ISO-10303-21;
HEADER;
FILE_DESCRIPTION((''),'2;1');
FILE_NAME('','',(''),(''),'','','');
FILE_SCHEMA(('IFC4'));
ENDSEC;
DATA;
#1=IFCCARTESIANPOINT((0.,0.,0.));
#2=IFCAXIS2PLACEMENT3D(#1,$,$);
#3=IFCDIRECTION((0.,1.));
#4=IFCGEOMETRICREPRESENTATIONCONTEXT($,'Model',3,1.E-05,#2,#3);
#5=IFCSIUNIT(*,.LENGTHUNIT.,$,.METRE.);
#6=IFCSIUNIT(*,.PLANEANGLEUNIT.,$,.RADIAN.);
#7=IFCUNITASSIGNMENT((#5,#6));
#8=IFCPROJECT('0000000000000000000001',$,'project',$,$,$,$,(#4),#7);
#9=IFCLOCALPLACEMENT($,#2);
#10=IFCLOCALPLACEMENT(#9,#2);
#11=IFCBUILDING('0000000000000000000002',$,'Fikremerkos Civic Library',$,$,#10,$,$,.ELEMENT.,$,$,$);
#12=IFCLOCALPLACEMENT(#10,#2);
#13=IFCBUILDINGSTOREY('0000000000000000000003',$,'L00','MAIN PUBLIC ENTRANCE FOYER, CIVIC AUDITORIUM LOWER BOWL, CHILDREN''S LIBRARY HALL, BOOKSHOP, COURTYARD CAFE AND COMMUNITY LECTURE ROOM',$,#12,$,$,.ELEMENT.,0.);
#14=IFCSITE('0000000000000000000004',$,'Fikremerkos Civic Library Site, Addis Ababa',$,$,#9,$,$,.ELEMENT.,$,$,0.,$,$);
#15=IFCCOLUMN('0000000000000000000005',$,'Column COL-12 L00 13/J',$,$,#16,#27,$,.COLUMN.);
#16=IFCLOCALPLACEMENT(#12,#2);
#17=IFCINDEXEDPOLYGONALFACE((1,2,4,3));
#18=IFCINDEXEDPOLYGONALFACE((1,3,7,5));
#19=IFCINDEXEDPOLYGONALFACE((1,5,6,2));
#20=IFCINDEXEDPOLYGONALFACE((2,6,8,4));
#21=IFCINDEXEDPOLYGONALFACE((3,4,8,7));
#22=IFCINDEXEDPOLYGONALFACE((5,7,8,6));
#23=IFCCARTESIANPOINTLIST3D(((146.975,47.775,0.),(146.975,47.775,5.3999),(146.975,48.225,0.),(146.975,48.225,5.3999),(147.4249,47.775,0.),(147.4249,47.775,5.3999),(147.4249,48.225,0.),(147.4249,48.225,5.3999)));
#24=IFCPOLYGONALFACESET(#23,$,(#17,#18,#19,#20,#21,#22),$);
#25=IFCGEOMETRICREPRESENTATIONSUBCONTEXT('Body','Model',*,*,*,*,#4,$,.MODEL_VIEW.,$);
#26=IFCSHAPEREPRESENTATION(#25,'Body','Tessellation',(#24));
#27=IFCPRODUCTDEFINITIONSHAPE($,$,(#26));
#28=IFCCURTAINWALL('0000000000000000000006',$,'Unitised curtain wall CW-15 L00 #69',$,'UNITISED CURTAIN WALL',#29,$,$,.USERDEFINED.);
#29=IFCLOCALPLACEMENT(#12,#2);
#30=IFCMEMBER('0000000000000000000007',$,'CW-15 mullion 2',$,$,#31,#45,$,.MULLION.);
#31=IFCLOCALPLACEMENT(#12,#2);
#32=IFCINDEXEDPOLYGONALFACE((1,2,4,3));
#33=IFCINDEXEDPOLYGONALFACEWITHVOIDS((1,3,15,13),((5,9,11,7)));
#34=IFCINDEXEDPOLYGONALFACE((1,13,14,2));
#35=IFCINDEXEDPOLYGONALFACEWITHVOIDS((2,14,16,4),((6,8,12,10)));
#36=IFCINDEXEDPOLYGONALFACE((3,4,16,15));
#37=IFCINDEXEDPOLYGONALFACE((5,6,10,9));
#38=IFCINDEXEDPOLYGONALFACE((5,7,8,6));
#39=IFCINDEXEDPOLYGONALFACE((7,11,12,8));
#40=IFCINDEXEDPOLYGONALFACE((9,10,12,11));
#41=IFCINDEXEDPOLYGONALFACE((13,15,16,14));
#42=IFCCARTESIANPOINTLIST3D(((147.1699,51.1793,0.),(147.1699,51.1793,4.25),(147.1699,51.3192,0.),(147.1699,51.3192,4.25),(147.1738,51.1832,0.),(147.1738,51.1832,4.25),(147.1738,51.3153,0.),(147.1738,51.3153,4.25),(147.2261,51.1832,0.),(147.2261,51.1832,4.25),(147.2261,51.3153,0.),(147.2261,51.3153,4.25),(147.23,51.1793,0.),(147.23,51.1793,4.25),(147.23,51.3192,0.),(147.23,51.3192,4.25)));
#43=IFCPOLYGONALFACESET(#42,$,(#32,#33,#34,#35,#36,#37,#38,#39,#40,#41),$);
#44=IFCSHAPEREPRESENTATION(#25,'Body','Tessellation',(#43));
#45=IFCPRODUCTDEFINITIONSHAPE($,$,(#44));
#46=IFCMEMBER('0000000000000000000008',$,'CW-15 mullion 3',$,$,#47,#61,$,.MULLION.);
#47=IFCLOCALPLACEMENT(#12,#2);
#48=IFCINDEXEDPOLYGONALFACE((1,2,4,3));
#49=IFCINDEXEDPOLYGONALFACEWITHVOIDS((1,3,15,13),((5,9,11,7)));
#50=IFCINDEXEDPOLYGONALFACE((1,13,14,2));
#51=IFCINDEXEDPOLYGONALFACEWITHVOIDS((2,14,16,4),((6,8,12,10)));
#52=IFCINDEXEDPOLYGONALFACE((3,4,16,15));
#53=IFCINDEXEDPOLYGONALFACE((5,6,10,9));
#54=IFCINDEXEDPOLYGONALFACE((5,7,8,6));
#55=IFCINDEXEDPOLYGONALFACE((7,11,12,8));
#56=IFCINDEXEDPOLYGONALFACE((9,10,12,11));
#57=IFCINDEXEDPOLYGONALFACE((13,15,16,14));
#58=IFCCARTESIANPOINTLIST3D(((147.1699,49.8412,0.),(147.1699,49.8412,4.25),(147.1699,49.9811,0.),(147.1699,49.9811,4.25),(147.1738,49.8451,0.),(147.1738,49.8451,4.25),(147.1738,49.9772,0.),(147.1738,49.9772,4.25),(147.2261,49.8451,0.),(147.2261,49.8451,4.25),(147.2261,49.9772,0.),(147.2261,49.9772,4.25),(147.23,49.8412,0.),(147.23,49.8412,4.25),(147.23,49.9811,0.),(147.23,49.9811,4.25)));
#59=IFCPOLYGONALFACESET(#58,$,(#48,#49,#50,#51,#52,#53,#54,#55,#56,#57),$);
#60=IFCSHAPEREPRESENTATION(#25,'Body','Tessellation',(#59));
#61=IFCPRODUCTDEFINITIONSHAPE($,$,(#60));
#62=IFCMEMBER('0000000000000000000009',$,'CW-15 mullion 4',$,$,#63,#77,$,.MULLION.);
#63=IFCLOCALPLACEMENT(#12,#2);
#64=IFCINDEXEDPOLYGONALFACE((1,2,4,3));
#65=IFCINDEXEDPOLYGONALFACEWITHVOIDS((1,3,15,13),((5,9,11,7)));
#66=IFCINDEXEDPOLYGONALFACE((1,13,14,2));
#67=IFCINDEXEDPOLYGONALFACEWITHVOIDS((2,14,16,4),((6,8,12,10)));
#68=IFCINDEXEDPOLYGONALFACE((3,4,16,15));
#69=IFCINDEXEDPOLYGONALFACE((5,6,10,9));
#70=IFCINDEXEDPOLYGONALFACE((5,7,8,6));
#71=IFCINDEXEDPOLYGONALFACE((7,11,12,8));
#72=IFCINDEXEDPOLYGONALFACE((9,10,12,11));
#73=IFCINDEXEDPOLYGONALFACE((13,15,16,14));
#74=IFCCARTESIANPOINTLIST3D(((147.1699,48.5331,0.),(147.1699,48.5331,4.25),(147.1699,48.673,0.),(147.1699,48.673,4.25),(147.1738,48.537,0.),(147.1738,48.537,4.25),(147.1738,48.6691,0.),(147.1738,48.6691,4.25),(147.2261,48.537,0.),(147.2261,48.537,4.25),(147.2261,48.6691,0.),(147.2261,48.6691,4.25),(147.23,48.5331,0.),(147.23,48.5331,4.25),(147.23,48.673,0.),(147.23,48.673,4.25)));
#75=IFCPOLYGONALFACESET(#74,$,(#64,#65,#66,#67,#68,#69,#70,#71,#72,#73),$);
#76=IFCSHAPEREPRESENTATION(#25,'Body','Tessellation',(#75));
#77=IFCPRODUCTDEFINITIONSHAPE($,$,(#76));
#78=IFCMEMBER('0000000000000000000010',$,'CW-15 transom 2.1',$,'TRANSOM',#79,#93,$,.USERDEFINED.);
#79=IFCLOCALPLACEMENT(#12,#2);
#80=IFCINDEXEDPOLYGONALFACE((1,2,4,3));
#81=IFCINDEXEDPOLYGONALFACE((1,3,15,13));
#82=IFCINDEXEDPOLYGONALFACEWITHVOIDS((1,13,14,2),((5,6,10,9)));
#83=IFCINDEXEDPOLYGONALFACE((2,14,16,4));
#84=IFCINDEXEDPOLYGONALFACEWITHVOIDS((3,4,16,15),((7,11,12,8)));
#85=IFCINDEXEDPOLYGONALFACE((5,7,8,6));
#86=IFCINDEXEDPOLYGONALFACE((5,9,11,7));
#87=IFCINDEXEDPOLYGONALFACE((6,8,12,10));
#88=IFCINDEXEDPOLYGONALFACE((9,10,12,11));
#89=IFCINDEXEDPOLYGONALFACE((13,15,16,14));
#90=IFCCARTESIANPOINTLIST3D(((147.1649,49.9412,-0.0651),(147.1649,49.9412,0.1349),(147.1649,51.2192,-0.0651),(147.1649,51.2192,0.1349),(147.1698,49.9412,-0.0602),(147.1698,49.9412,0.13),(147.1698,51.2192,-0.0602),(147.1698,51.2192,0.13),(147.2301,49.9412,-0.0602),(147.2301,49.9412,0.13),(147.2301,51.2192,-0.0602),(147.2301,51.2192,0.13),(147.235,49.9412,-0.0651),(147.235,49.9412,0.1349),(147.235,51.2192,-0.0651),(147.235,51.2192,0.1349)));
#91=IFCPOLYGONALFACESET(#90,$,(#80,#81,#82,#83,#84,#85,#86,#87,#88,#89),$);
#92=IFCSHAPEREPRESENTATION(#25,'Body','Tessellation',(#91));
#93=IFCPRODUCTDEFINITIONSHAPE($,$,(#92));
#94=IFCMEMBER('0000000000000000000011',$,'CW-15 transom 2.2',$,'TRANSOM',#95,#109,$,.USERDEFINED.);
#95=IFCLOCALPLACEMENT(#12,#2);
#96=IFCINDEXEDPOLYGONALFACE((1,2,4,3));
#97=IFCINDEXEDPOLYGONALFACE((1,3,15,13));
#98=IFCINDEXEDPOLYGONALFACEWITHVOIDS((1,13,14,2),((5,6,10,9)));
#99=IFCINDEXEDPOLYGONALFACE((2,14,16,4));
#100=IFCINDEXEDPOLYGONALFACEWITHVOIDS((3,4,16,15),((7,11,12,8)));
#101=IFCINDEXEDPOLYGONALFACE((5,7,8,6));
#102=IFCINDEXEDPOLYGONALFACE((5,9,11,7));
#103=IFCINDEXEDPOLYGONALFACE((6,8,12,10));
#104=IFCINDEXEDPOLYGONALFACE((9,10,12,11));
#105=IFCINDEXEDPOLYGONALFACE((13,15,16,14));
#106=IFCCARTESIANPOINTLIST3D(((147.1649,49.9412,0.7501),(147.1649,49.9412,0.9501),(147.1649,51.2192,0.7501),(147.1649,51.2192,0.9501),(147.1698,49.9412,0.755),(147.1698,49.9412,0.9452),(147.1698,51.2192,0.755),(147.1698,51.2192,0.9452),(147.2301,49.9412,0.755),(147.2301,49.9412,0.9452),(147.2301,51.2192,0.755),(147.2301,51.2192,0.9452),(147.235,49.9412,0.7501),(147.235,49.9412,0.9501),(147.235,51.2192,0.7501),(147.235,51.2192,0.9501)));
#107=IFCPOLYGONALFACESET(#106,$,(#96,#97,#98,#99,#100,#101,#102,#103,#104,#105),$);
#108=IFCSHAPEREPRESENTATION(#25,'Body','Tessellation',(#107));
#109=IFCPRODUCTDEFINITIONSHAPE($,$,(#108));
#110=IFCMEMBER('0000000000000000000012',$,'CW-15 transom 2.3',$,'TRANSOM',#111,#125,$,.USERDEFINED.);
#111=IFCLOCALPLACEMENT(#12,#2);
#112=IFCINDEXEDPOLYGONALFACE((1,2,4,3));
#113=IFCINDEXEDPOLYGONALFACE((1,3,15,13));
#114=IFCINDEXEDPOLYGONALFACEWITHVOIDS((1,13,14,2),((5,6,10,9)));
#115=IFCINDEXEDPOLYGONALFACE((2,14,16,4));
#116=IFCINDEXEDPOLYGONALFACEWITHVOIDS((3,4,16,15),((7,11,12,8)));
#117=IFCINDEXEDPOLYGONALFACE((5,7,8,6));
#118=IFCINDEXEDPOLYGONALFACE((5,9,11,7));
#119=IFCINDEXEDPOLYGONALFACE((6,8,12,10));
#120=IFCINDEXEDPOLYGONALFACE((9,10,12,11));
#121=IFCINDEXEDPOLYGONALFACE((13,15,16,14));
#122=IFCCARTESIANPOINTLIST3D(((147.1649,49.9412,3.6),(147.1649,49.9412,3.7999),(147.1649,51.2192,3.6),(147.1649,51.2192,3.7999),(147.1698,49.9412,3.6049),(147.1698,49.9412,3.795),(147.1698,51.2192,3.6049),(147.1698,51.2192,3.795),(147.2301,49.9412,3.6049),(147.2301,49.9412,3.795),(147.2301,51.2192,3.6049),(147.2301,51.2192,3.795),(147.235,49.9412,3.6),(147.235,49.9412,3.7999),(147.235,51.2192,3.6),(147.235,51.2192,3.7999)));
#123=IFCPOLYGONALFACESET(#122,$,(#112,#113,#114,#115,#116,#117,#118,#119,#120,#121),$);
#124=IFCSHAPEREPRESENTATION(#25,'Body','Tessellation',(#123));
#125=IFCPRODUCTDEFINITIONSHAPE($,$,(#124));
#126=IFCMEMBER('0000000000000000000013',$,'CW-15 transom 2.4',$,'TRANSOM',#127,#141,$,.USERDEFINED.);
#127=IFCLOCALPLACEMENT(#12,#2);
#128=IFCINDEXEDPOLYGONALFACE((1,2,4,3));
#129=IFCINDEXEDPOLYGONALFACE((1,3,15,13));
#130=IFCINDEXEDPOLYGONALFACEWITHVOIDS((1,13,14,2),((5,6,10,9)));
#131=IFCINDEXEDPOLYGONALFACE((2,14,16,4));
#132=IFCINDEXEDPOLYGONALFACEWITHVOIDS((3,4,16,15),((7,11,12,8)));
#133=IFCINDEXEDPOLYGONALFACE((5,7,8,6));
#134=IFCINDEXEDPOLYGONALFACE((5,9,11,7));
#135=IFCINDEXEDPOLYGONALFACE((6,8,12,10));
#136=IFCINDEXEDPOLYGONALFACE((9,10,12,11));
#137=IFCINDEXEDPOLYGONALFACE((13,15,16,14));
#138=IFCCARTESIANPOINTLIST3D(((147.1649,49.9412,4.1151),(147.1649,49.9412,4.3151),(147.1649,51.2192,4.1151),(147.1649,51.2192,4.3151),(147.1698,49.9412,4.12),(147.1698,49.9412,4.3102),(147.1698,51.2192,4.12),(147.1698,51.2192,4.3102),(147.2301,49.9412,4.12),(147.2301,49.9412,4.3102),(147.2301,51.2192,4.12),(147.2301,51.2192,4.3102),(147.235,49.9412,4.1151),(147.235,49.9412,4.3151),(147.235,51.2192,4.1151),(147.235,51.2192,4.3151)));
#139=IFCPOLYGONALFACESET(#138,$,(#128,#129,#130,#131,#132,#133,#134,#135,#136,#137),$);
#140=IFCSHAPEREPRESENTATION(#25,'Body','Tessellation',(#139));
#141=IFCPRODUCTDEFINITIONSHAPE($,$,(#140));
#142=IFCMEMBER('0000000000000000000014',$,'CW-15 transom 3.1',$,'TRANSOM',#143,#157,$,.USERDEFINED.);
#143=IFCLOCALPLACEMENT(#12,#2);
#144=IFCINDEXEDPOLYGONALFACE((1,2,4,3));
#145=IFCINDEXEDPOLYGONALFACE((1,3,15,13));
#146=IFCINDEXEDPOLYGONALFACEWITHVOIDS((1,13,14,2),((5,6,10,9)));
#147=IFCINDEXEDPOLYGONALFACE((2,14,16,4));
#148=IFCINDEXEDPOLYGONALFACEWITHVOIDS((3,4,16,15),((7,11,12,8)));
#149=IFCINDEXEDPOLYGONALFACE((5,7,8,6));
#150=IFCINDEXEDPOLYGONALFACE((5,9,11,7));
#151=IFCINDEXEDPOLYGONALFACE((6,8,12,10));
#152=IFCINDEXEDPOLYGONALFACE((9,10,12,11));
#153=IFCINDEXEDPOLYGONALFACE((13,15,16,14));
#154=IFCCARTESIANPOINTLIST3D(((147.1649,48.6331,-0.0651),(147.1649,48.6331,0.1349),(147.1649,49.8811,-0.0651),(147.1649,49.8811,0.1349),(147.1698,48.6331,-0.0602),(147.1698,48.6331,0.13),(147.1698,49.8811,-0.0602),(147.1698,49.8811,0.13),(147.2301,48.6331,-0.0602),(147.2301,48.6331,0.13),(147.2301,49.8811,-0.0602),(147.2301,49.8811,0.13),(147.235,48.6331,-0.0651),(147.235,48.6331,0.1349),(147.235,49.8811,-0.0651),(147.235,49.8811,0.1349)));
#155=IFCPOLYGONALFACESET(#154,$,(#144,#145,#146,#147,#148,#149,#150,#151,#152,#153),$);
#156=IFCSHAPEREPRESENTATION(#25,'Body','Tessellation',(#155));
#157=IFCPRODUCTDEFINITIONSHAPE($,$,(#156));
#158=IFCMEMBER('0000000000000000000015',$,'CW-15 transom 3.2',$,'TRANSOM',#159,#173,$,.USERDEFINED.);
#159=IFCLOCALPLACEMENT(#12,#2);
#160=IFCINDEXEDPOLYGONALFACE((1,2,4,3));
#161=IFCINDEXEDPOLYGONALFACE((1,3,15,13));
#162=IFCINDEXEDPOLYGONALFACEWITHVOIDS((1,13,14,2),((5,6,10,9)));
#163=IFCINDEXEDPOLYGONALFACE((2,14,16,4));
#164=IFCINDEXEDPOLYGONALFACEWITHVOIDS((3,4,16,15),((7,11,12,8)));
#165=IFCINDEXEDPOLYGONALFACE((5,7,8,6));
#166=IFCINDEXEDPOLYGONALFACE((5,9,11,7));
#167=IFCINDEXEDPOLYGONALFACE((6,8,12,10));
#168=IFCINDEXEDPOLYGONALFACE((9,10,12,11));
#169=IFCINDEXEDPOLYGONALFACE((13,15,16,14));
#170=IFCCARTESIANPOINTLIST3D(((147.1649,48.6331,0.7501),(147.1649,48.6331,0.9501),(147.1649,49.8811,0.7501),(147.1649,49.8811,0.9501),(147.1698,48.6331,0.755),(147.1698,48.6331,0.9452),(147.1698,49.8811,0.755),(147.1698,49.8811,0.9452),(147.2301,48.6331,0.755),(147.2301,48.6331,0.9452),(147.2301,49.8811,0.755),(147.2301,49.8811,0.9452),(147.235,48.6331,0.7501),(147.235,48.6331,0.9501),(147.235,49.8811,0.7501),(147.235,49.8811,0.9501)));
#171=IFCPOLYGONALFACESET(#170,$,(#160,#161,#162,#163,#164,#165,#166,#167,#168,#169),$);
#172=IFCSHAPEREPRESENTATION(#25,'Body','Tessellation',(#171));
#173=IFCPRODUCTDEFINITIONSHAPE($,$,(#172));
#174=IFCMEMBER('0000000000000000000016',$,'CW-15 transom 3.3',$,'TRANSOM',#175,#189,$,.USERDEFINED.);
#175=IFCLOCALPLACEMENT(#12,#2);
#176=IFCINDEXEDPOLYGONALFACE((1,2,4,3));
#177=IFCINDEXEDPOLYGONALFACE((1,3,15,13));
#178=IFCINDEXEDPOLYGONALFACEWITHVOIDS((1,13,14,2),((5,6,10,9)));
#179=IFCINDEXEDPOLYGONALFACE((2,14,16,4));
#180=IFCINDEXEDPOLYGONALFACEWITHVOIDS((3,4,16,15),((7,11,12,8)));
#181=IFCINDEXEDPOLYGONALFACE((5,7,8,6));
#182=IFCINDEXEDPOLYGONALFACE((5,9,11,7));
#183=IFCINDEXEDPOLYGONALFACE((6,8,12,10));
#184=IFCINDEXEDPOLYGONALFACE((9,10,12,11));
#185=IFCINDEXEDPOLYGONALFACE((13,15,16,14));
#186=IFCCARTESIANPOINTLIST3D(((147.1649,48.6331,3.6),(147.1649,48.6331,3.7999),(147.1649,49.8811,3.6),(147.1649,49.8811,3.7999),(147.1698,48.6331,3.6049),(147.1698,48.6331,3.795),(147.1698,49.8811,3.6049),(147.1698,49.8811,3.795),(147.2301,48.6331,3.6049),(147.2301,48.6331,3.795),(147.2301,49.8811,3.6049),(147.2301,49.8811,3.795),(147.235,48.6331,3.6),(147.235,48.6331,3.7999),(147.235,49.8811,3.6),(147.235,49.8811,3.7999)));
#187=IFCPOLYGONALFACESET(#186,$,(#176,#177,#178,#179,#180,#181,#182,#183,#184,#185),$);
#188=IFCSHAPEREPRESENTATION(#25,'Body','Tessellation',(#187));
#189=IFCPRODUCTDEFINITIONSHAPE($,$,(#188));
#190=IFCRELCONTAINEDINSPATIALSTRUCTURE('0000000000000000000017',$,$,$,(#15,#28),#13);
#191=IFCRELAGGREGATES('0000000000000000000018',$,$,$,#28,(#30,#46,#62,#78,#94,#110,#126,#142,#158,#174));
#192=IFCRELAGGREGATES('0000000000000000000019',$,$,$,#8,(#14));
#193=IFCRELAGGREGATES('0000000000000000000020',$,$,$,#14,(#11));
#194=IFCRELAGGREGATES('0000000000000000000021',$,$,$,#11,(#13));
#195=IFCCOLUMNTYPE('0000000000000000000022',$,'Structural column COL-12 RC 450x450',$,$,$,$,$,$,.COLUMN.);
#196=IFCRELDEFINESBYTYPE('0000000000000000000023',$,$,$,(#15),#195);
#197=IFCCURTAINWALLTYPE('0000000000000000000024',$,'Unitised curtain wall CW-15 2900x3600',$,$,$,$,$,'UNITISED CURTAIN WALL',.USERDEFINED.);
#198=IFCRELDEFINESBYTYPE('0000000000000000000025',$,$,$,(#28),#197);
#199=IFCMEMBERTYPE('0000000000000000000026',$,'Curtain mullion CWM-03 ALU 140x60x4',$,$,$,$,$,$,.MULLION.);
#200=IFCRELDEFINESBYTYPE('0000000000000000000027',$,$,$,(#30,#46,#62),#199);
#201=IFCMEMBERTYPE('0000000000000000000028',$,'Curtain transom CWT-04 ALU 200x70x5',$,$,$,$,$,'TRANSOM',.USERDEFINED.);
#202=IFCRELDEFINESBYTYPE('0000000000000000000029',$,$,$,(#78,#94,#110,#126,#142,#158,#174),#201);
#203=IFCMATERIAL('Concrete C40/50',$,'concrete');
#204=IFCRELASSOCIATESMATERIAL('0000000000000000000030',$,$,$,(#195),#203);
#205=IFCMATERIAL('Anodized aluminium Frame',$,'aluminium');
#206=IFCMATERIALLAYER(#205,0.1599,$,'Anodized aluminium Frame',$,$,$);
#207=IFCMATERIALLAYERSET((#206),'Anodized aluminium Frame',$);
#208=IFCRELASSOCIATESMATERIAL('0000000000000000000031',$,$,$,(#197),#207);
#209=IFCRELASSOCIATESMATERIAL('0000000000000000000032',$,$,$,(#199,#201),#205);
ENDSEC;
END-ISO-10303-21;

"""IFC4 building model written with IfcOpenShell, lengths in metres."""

from ifc_helpers import new_model, si_unit, direction, frame, origin, origin_2d, place, context, subcontext, project, spatial, rectangle, hollow_rectangle, extrude, material, layer, layer_set, material_profile, profile_set, type_object, element, aggregate, save


model = new_model("IFC4")

# Units and contexts
model_context = context("Model", 3, precision=1e-05, world=origin(), true_north=direction((0.0, 1.0)))
body_context = subcontext(model_context, "Body", "Model", "MODEL_VIEW")
ifc_project = project(units=[si_unit("LENGTHUNIT", "METRE"), si_unit("PLANEANGLEUNIT", "RADIAN")], contexts=[model_context])

# Site, building, storey
site_placement = place(None, origin())
site = spatial("IfcSite", under=ifc_project, at=site_placement, Name="Fikremerkos Civic Library Site, Addis Ababa", CompositionType="ELEMENT", RefElevation=0.0)
building_placement = place(site_placement, origin())
building = spatial("IfcBuilding", under=site, at=building_placement, Name="Fikremerkos Civic Library", CompositionType="ELEMENT")
storey_placement = place(building_placement, origin())
storey = spatial("IfcBuildingStorey", under=building, at=storey_placement, Name="L00", Description="MAIN PUBLIC ENTRANCE FOYER, CIVIC AUDITORIUM LOWER BOWL, CHILDREN'S LIBRARY HALL, BOOKSHOP, COURTYARD CAFE AND COMMUNITY LECTURE ROOM", CompositionType="ELEMENT", Elevation=0.0)

# Column
ifc_material_1 = material(Name="Concrete C40/50", Category="concrete")
ifc_material_profile_1 = material_profile(ifc_material_1, rectangle(XDim=0.45, YDim=0.45, at=origin_2d()), Name="RC 450x450")
ifc_profile_set_1 = profile_set([ifc_material_profile_1], Name="Concrete C40/50")
column_type = type_object("IfcColumnType", Name="Structural column COL-12 RC 450x450", PredefinedType="COLUMN", material=ifc_profile_set_1)
column_placement = place(storey_placement, frame((147.2, 48.0, 0.0), z_axis=(0.0, 0.0, 1.0), x_axis=(1.0, 0.0, 0.0)))
element("IfcColumn", 1, at=column_placement, inside=storey, type_object=column_type, Name="Column COL-12 L00 13/J", PredefinedType="COLUMN", context=body_context, shape_type="SweptSolid", body=[
    extrude(rectangle(XDim=0.45, YDim=0.45, at=origin_2d()), origin(), (0.0, 0.0, 1.0), 5.3999),
])

# Curtain wall, members
ifc_material_2 = material(Name="Anodized aluminium Frame", Category="aluminium")
ifc_layer_1 = layer(ifc_material_2, 0.1599, Name="Anodized aluminium Frame")
ifc_layer_set_1 = layer_set([ifc_layer_1], Name="Anodized aluminium Frame")
curtain_wall_type = type_object("IfcCurtainWallType", Name="Unitised curtain wall CW-15 2900x3600", ElementType="UNITISED CURTAIN WALL", PredefinedType="USERDEFINED", material=ifc_layer_set_1)
curtain_wall_placement = place(storey_placement, origin())
curtain_wall = element("IfcCurtainWall", 2, at=curtain_wall_placement, inside=storey, type_object=curtain_wall_type, Name="Unitised curtain wall CW-15 L00 #69", ObjectType="UNITISED CURTAIN WALL", PredefinedType="USERDEFINED")
ifc_material_profile_2 = material_profile(ifc_material_2, hollow_rectangle(XDim=0.0601, YDim=0.1399, WallThickness=0.0039, at=origin_2d()), Name="ALU 140x60x4")
ifc_profile_set_2 = profile_set([ifc_material_profile_2], Name="Anodized aluminium Frame")
member_type_1 = type_object("IfcMemberType", Name="Curtain mullion CWM-03 ALU 140x60x4", PredefinedType="MULLION", material=ifc_profile_set_2)
member_1_placement = place(storey_placement, frame((147.2, 51.2493, 0.0), z_axis=(0.0, 0.0, 1.0), x_axis=(1.0, 0.0, 0.0)))
member_1 = element("IfcMember", 3, at=member_1_placement, type_object=member_type_1, Name="CW-15 mullion 2", PredefinedType="MULLION", context=body_context, shape_type="SweptSolid", body=[
    extrude(hollow_rectangle(XDim=0.0601, YDim=0.1399, WallThickness=0.0039, at=origin_2d()), origin(), (0.0, 0.0, 1.0), 4.25),
])
member_2_placement = place(storey_placement, frame((147.2, 49.9111, 0.0), z_axis=(0.0, 0.0, 1.0), x_axis=(1.0, 0.0, 0.0)))
member_2 = element("IfcMember", 4, at=member_2_placement, type_object=member_type_1, Name="CW-15 mullion 3", PredefinedType="MULLION", context=body_context, shape_type="SweptSolid", body=[
    extrude(hollow_rectangle(XDim=0.0601, YDim=0.1399, WallThickness=0.0039, at=origin_2d()), origin(), (0.0, 0.0, 1.0), 4.25),
])
member_3_placement = place(storey_placement, frame((147.2, 48.603, 0.0), z_axis=(0.0, 0.0, 1.0), x_axis=(1.0, 0.0, 0.0)))
member_3 = element("IfcMember", 5, at=member_3_placement, type_object=member_type_1, Name="CW-15 mullion 4", PredefinedType="MULLION", context=body_context, shape_type="SweptSolid", body=[
    extrude(hollow_rectangle(XDim=0.0601, YDim=0.1399, WallThickness=0.0039, at=origin_2d()), origin(), (0.0, 0.0, 1.0), 4.25),
])
ifc_material_profile_3 = material_profile(ifc_material_2, hollow_rectangle(XDim=0.0701, YDim=0.2, WallThickness=0.0049, at=origin_2d()), Name="ALU 200x70x5")
ifc_profile_set_3 = profile_set([ifc_material_profile_3], Name="Anodized aluminium Frame")
member_type_2 = type_object("IfcMemberType", Name="Curtain transom CWT-04 ALU 200x70x5", ElementType="TRANSOM", PredefinedType="USERDEFINED", material=ifc_profile_set_3)
member_4_placement = place(storey_placement, frame((147.2, 51.2192, 0.0349), z_axis=(0.0, -1.0, 0.0), x_axis=(1.0, 0.0, 0.0)))
member_4 = element("IfcMember", 6, at=member_4_placement, type_object=member_type_2, Name="CW-15 transom 2.1", ObjectType="TRANSOM", PredefinedType="USERDEFINED", context=body_context, shape_type="SweptSolid", body=[
    extrude(hollow_rectangle(XDim=0.0701, YDim=0.2, WallThickness=0.0049, at=origin_2d()), origin(), (0.0, 0.0, 1.0), 1.2781),
])
member_5_placement = place(storey_placement, frame((147.2, 51.2192, 0.8501), z_axis=(0.0, -1.0, 0.0), x_axis=(1.0, 0.0, 0.0)))
member_5 = element("IfcMember", 7, at=member_5_placement, type_object=member_type_2, Name="CW-15 transom 2.2", ObjectType="TRANSOM", PredefinedType="USERDEFINED", context=body_context, shape_type="SweptSolid", body=[
    extrude(hollow_rectangle(XDim=0.0701, YDim=0.2, WallThickness=0.0049, at=origin_2d()), origin(), (0.0, 0.0, 1.0), 1.2781),
])
member_6_placement = place(storey_placement, frame((147.2, 51.2192, 3.7), z_axis=(0.0, -1.0, 0.0), x_axis=(1.0, 0.0, 0.0)))
member_6 = element("IfcMember", 8, at=member_6_placement, type_object=member_type_2, Name="CW-15 transom 2.3", ObjectType="TRANSOM", PredefinedType="USERDEFINED", context=body_context, shape_type="SweptSolid", body=[
    extrude(hollow_rectangle(XDim=0.0701, YDim=0.2, WallThickness=0.0049, at=origin_2d()), origin(), (0.0, 0.0, 1.0), 1.2781),
])
member_7_placement = place(storey_placement, frame((147.2, 51.2192, 4.2151), z_axis=(0.0, -1.0, 0.0), x_axis=(1.0, 0.0, 0.0)))
member_7 = element("IfcMember", 9, at=member_7_placement, type_object=member_type_2, Name="CW-15 transom 2.4", ObjectType="TRANSOM", PredefinedType="USERDEFINED", context=body_context, shape_type="SweptSolid", body=[
    extrude(hollow_rectangle(XDim=0.0701, YDim=0.2, WallThickness=0.0049, at=origin_2d()), origin(), (0.0, 0.0, 1.0), 1.2781),
])
member_8_placement = place(storey_placement, frame((147.2, 49.8811, 0.0349), z_axis=(0.0, -1.0, 0.0), x_axis=(1.0, 0.0, 0.0)))
member_8 = element("IfcMember", 10, at=member_8_placement, type_object=member_type_2, Name="CW-15 transom 3.1", ObjectType="TRANSOM", PredefinedType="USERDEFINED", context=body_context, shape_type="SweptSolid", body=[
    extrude(hollow_rectangle(XDim=0.0701, YDim=0.2, WallThickness=0.0049, at=origin_2d()), origin(), (0.0, 0.0, 1.0), 1.248),
])
member_9_placement = place(storey_placement, frame((147.2, 49.8811, 0.8501), z_axis=(0.0, -1.0, 0.0), x_axis=(1.0, 0.0, 0.0)))
member_9 = element("IfcMember", 11, at=member_9_placement, type_object=member_type_2, Name="CW-15 transom 3.2", ObjectType="TRANSOM", PredefinedType="USERDEFINED", context=body_context, shape_type="SweptSolid", body=[
    extrude(hollow_rectangle(XDim=0.0701, YDim=0.2, WallThickness=0.0049, at=origin_2d()), origin(), (0.0, 0.0, 1.0), 1.248),
])
member_10_placement = place(storey_placement, frame((147.2, 49.8811, 3.7), z_axis=(0.0, -1.0, 0.0), x_axis=(1.0, 0.0, 0.0)))
member_10 = element("IfcMember", 12, at=member_10_placement, type_object=member_type_2, Name="CW-15 transom 3.3", ObjectType="TRANSOM", PredefinedType="USERDEFINED", context=body_context, shape_type="SweptSolid", body=[
    extrude(hollow_rectangle(XDim=0.0701, YDim=0.2, WallThickness=0.0049, at=origin_2d()), origin(), (0.0, 0.0, 1.0), 1.248),
])

aggregate(curtain_wall, [member_1, member_2, member_3, member_4, member_5, member_6, member_7, member_8, member_9, member_10])

save(model, "model.ifc")
